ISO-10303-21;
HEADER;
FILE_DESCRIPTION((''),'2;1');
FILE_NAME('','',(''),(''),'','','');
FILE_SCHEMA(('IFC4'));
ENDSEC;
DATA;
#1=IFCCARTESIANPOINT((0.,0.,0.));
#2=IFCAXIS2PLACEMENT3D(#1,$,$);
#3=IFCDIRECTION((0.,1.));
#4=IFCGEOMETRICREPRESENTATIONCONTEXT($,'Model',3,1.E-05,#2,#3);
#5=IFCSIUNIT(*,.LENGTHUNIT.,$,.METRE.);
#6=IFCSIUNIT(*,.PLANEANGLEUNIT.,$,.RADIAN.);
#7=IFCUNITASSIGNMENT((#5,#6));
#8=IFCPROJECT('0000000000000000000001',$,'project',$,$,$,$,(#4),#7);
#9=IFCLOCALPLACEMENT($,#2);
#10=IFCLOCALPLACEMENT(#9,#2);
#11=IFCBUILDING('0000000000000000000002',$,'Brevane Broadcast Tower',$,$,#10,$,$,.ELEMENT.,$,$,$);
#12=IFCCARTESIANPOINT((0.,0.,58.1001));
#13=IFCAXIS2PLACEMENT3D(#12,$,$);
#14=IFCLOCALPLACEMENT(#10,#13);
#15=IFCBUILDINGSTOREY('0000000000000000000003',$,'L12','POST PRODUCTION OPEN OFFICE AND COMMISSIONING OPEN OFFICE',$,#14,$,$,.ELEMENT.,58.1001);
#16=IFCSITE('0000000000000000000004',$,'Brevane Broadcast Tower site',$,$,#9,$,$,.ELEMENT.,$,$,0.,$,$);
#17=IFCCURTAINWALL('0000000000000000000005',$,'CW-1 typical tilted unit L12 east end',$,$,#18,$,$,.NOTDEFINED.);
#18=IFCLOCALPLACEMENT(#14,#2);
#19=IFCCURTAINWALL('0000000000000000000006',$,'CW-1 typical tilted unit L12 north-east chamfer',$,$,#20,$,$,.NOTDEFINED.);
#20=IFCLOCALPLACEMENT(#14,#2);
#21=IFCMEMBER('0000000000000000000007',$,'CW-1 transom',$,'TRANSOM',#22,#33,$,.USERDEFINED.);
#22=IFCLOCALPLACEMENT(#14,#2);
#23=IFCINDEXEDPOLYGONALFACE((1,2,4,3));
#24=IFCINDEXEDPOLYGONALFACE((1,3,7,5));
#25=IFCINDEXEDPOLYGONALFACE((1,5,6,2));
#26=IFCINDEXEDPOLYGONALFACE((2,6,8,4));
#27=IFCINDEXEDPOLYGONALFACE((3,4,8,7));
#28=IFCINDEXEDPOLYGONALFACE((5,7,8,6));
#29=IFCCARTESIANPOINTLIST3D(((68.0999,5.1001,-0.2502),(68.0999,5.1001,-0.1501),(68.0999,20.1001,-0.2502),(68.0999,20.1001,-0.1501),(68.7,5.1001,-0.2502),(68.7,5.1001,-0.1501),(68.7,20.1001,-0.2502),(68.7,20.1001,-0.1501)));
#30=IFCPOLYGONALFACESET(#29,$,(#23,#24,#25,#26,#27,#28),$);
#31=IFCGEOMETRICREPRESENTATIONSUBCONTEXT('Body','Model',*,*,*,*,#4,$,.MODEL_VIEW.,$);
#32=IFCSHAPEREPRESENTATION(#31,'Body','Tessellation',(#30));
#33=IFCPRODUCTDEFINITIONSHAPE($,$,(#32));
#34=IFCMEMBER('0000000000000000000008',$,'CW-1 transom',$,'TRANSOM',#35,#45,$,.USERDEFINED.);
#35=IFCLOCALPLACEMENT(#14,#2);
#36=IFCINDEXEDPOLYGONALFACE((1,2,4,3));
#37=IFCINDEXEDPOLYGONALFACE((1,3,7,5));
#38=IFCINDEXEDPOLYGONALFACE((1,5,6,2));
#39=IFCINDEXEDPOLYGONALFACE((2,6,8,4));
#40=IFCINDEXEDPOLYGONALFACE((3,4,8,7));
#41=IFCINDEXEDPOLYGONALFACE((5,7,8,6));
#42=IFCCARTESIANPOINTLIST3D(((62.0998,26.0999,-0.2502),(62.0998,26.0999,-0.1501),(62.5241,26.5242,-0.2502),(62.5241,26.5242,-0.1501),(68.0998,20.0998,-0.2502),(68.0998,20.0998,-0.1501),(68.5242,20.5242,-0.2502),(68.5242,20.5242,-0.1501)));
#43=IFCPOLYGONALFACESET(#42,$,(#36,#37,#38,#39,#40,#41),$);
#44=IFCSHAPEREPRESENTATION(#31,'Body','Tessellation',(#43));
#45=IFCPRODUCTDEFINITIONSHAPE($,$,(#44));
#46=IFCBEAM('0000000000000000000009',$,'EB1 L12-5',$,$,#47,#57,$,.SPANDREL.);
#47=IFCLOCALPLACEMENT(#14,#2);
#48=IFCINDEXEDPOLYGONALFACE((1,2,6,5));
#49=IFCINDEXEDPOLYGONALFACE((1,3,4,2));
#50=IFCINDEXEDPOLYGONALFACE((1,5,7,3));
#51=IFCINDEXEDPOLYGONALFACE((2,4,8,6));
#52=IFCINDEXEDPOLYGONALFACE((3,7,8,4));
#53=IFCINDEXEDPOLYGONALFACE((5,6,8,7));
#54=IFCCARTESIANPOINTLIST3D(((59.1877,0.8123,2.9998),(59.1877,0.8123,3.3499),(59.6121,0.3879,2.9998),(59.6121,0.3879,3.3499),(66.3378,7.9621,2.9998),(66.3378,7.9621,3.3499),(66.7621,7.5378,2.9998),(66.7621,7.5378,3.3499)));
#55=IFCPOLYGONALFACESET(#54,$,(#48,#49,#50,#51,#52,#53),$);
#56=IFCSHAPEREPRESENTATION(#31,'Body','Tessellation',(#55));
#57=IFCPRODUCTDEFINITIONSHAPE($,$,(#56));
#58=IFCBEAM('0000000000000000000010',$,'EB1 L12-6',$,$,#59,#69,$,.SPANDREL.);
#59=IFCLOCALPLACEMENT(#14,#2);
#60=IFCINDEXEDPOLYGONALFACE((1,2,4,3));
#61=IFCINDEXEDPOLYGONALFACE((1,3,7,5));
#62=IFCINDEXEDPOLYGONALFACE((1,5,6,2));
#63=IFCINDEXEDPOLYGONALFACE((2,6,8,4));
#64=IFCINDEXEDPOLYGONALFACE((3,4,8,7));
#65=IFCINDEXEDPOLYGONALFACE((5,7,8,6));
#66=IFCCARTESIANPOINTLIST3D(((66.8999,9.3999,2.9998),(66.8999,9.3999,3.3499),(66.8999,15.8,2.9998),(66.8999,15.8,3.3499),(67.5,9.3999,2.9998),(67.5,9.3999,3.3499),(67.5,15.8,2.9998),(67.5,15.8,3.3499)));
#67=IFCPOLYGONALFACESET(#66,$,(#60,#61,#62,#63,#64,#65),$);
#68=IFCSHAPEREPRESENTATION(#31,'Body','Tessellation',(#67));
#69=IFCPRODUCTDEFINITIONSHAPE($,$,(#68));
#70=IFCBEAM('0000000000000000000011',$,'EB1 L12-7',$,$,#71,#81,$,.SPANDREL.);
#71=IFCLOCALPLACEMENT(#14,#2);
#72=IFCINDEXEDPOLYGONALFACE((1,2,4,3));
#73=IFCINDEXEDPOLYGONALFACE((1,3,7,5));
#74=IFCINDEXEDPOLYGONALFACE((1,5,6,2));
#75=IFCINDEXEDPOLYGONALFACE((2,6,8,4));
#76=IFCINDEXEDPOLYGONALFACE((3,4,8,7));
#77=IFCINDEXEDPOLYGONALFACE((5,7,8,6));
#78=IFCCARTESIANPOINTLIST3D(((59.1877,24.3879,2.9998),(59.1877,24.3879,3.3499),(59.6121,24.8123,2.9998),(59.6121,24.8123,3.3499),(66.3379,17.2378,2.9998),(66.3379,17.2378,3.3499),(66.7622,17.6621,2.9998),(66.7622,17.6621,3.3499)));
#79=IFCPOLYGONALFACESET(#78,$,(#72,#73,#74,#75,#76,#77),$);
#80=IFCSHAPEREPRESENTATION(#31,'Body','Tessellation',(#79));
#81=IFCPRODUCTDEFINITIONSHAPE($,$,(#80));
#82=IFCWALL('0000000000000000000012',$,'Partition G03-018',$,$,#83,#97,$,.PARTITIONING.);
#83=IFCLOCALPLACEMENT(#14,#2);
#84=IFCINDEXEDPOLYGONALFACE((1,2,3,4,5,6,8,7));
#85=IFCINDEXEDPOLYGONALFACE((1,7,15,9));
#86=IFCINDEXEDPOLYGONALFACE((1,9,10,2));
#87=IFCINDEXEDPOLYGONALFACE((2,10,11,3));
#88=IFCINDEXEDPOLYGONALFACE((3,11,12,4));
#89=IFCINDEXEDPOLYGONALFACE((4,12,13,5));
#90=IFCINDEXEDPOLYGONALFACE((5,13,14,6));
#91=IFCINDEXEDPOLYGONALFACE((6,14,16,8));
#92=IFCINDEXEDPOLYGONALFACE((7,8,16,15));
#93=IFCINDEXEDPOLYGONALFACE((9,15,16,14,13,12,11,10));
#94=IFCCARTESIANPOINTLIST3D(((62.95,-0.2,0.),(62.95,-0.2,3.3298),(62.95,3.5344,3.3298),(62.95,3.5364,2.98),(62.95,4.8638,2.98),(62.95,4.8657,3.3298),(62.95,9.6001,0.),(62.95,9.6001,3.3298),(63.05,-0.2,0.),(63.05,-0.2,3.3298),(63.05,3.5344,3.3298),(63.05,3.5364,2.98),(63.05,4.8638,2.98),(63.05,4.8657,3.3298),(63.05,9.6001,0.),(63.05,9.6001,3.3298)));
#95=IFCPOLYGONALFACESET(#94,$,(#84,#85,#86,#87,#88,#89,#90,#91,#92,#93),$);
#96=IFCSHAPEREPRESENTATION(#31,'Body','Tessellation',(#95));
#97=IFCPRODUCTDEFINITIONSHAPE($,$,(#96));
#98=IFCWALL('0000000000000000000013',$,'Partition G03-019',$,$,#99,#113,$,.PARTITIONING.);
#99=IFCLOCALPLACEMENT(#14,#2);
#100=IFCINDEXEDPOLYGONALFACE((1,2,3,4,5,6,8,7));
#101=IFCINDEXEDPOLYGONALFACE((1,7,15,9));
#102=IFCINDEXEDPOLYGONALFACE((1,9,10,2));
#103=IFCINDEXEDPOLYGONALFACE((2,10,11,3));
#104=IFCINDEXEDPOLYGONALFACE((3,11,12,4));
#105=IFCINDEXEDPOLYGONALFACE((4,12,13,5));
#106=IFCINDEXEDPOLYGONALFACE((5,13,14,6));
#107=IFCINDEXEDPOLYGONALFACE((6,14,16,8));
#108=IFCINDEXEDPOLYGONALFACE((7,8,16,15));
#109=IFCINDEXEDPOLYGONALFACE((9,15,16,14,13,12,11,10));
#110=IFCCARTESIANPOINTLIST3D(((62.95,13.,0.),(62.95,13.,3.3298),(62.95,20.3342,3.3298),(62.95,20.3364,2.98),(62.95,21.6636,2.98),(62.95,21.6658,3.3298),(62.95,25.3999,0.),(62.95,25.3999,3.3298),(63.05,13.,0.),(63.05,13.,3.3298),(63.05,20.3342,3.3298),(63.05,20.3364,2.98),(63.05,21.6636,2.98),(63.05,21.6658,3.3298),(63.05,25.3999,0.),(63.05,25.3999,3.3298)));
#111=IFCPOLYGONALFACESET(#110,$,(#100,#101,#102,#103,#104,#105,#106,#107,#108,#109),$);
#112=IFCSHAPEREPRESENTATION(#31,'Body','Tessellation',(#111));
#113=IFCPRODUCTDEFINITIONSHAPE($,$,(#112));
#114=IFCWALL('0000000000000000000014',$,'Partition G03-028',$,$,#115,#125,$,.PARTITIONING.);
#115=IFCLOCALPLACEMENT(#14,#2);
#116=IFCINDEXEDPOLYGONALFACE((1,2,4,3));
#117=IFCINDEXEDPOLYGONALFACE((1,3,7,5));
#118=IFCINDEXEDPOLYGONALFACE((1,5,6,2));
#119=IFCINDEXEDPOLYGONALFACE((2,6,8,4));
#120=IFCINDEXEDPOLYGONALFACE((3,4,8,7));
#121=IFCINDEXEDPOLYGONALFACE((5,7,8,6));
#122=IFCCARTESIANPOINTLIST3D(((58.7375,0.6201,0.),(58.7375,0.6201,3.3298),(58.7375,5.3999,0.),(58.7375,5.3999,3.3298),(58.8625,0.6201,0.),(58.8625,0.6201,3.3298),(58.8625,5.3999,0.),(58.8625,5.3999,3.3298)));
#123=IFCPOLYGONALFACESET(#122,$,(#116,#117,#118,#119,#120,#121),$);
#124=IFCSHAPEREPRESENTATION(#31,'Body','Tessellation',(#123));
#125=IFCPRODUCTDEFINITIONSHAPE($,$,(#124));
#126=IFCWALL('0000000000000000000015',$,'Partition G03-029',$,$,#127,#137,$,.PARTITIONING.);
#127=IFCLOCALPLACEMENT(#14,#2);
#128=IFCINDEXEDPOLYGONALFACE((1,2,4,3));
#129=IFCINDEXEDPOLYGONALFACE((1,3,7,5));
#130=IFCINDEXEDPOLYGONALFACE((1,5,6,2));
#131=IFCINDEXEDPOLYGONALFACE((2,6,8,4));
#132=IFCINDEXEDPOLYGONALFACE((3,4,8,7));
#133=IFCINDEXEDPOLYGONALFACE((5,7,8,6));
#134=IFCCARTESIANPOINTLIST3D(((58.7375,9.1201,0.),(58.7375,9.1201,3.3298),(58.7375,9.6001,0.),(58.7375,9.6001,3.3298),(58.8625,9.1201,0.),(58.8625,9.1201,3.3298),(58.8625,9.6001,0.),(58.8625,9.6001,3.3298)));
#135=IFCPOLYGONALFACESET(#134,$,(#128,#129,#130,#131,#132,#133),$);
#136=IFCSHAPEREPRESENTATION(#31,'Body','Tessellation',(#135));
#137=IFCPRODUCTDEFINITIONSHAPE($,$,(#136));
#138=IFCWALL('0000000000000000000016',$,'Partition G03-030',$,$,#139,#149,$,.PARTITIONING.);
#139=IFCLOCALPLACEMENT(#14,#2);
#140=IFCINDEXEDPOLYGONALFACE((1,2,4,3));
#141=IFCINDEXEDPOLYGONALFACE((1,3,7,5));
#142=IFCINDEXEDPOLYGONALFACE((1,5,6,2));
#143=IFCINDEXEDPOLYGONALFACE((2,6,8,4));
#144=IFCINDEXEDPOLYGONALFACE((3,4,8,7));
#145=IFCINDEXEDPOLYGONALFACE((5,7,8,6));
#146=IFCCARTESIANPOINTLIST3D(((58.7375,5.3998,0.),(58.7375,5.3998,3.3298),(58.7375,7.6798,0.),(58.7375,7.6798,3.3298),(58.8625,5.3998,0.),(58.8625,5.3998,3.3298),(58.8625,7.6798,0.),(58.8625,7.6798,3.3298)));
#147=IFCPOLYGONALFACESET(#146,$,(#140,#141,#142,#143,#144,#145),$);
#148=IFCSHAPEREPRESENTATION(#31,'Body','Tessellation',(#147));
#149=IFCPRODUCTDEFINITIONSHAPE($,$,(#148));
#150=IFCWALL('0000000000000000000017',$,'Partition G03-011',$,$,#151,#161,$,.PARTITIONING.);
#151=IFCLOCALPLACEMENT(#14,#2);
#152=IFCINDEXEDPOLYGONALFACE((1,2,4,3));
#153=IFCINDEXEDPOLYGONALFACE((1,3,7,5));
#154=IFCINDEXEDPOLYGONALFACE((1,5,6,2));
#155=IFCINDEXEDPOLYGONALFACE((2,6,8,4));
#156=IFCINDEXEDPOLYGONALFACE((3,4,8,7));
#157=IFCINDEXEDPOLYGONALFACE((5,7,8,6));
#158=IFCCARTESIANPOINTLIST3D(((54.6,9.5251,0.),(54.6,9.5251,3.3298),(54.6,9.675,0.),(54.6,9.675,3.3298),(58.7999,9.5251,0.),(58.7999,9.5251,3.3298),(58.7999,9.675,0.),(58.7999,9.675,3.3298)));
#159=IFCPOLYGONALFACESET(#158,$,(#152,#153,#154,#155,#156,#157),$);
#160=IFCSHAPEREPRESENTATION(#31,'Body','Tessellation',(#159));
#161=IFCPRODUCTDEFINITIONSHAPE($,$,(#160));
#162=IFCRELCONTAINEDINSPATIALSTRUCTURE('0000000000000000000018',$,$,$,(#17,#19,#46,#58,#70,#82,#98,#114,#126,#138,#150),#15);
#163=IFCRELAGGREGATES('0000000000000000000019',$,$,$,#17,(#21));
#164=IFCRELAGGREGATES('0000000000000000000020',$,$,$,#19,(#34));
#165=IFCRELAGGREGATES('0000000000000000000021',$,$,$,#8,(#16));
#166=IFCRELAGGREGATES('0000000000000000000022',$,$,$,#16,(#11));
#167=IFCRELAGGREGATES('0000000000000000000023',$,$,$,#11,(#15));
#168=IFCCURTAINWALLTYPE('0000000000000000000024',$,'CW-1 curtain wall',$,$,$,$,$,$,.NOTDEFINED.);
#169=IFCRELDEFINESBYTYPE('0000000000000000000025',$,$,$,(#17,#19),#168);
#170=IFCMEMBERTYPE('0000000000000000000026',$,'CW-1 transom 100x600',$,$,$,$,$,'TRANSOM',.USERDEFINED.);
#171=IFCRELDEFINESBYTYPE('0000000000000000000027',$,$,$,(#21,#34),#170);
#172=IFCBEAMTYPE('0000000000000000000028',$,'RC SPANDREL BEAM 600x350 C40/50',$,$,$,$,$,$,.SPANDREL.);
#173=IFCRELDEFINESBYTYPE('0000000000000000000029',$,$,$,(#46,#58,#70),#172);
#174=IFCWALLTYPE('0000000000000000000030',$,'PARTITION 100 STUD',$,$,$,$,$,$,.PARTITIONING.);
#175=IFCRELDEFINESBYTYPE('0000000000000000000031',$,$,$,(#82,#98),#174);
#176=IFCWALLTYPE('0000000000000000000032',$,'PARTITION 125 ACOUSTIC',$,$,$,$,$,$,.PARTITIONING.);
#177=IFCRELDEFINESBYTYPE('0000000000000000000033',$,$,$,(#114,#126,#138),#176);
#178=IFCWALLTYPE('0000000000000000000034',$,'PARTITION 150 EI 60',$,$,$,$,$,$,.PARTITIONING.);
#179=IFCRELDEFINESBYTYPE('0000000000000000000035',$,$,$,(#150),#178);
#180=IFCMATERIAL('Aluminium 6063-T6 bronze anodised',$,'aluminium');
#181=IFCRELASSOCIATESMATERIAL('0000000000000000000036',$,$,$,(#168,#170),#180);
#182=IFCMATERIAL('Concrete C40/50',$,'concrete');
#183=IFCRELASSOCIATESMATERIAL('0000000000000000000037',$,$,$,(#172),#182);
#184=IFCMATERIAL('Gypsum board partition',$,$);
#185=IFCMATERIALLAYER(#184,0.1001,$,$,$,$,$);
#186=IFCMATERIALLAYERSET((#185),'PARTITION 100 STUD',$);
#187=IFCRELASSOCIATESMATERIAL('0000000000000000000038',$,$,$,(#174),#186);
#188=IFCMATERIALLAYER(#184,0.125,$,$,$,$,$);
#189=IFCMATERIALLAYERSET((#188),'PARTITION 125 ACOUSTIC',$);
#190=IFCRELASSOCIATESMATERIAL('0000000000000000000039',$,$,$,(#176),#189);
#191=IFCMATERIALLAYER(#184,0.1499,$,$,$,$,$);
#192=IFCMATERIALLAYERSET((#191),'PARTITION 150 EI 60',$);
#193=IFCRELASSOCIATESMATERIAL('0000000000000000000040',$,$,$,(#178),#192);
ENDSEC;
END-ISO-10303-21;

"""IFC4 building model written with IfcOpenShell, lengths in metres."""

from ifc_helpers import new_model, si_unit, direction, frame, frame_2d, origin, origin_2d, place, context, subcontext, project, spatial, polyline, rectangle, outline, extrude, material, layer, layer_set, material_profile, profile_set, type_object, element, aggregate, save


model = new_model("IFC4")

# Units and contexts
model_context = context("Model", 3, precision=1e-05, world=origin(), true_north=direction((0.0, 1.0)))
body_context = subcontext(model_context, "Body", "Model", "MODEL_VIEW")
ifc_project = project(units=[si_unit("LENGTHUNIT", "METRE"), si_unit("PLANEANGLEUNIT", "RADIAN")], contexts=[model_context])

# Site, building, storey
site_placement = place(None, origin())
site = spatial("IfcSite", under=ifc_project, at=site_placement, Name="Brevane Broadcast Tower site", CompositionType="ELEMENT", RefElevation=0.0)
building_placement = place(site_placement, origin())
building = spatial("IfcBuilding", under=site, at=building_placement, Name="Brevane Broadcast Tower", CompositionType="ELEMENT")
storey_placement = place(building_placement, frame((0.0, 0.0, 58.1001)))
storey = spatial("IfcBuildingStorey", under=building, at=storey_placement, Name="L12", Description="POST PRODUCTION OPEN OFFICE AND COMMISSIONING OPEN OFFICE", CompositionType="ELEMENT", Elevation=58.1001)

# Shared definitions
ifc_material_1 = material(Name="Aluminium 6063-T6 bronze anodised", Category="aluminium")
curtain_wall_type = type_object("IfcCurtainWallType", Name="CW-1 curtain wall", PredefinedType="NOTDEFINED", material=ifc_material_1)

# Curtain wall
curtain_wall_1_placement = place(storey_placement, origin())
curtain_wall_1 = element("IfcCurtainWall", 1, at=curtain_wall_1_placement, inside=storey, type_object=curtain_wall_type, Name="CW-1 typical tilted unit L12 east end", PredefinedType="NOTDEFINED")

# Curtain wall
curtain_wall_2_placement = place(storey_placement, origin())
curtain_wall_2 = element("IfcCurtainWall", 2, at=curtain_wall_2_placement, inside=storey, type_object=curtain_wall_type, Name="CW-1 typical tilted unit L12 north-east chamfer", PredefinedType="NOTDEFINED")

# Members
ifc_material_profile_1 = material_profile(ifc_material_1, rectangle(XDim=0.6001, YDim=0.1001, at=origin_2d()), Name="RECT 100x600")
ifc_profile_set_1 = profile_set([ifc_material_profile_1], Name="Aluminium 6063-T6 bronze anodised")
member_type_1 = type_object("IfcMemberType", Name="CW-1 transom 100x600", ElementType="TRANSOM", PredefinedType="USERDEFINED", material=ifc_profile_set_1)
member_1_placement = place(storey_placement, frame((68.3999, 5.1001, -0.2002), z_axis=(0.0, 1.0, 0.0), x_axis=(-1.0, 0.0, 0.0)))
member_1 = element("IfcMember", 3, at=member_1_placement, type_object=member_type_1, Name="CW-1 transom", ObjectType="TRANSOM", PredefinedType="USERDEFINED", context=body_context, shape_type="SweptSolid", body=[
    extrude(rectangle(XDim=0.6001, YDim=0.1001, at=origin_2d()), origin(), (0.0, 0.0, 1.0), 15.0),
])
aggregate(curtain_wall_1, [member_1])
member_2_placement = place(storey_placement, frame((68.312, 20.312, -0.2002), z_axis=(-0.707107, 0.707107, 0.0), x_axis=(-0.707107, -0.707107, 0.0)))
member_2 = element("IfcMember", 4, at=member_2_placement, type_object=member_type_1, Name="CW-1 transom", ObjectType="TRANSOM", PredefinedType="USERDEFINED", context=body_context, shape_type="SweptSolid", body=[
    extrude(rectangle(XDim=0.6001, YDim=0.1001, at=origin_2d()), origin(), (0.0, 0.0, 1.0), 8.4854),
])
aggregate(curtain_wall_2, [member_2])

# Beams
ifc_material_2 = material(Name="Concrete C40/50", Category="concrete")
ifc_material_profile_2 = material_profile(ifc_material_2, rectangle(XDim=0.6001, YDim=0.3501, at=origin_2d()), Name="RC 600x350")
ifc_profile_set_2 = profile_set([ifc_material_profile_2], Name="Concrete C40/50")
beam_type = type_object("IfcBeamType", Name="RC SPANDREL BEAM 600x350 C40/50", PredefinedType="SPANDREL", material=ifc_profile_set_2)
beam_1_placement = place(storey_placement, frame((59.3999, 0.6001, 3.1748), z_axis=(0.707119, 0.707095, 0.0), x_axis=(-0.707095, 0.707119, 0.0)))
element("IfcBeam", 5, at=beam_1_placement, inside=storey, type_object=beam_type, Name="EB1 L12-5", PredefinedType="SPANDREL", context=body_context, shape_type="SweptSolid", body=[
    extrude(rectangle(XDim=0.6001, YDim=0.3501, at=origin_2d()), origin(), (0.0, 0.0, 1.0), 10.1116),
])
beam_2_placement = place(storey_placement, frame((67.2, 9.3999, 3.1748), z_axis=(0.0, 1.0, 0.0), x_axis=(-1.0, 0.0, 0.0)))
element("IfcBeam", 6, at=beam_2_placement, inside=storey, type_object=beam_type, Name="EB1 L12-6", PredefinedType="SPANDREL", context=body_context, shape_type="SweptSolid", body=[
    extrude(rectangle(XDim=0.6001, YDim=0.3501, at=origin_2d()), origin(), (0.0, 0.0, 1.0), 6.4001),
])
beam_3_placement = place(storey_placement, frame((66.55, 17.45, 3.1748), z_axis=(-0.707107, 0.707107, 0.0), x_axis=(-0.707107, -0.707107, 0.0)))
element("IfcBeam", 7, at=beam_3_placement, inside=storey, type_object=beam_type, Name="EB1 L12-7", PredefinedType="SPANDREL", context=body_context, shape_type="SweptSolid", body=[
    extrude(rectangle(XDim=0.6001, YDim=0.3501, at=origin_2d()), origin(), (0.0, 0.0, 1.0), 10.1118),
])

# Walls
ifc_material_3 = material(Name="Gypsum board partition")
ifc_layer_1 = layer(ifc_material_3, 0.1001)
ifc_layer_set_1 = layer_set([ifc_layer_1], Name="PARTITION 100 STUD")
wall_type_1 = type_object("IfcWallType", Name="PARTITION 100 STUD", PredefinedType="PARTITIONING", material=ifc_layer_set_1)
wall_1_placement = place(storey_placement, frame((63.0, -0.2, 0.0), z_axis=(0.0, 0.0, 1.0), x_axis=(0.0, 1.0, 0.0)))
element("IfcWall", 8, at=wall_1_placement, inside=storey, type_object=wall_type_1, Name="Partition G03-018", PredefinedType="PARTITIONING", context=body_context, shape_type="SweptSolid", body=[
    extrude(outline(polyline([(0.0, 0.0), (9.8, 0.0), (9.8, 3.3298), (5.0657, 3.3298), (5.0637, 2.98), (3.7363, 2.98), (3.7344, 3.3298), (0.0, 3.3298), (0.0, 0.0)])), frame((0.0, 0.05, 0.0), z_axis=(0.0, -1.0, 0.0), x_axis=(1.0, 0.0, 0.0)), (0.0, 0.0, 1.0), 0.1001),
])
wall_2_placement = place(storey_placement, frame((63.0, 13.0, 0.0), z_axis=(0.0, 0.0, 1.0), x_axis=(0.0, 1.0, 0.0)))
element("IfcWall", 9, at=wall_2_placement, inside=storey, type_object=wall_type_1, Name="Partition G03-019", PredefinedType="PARTITIONING", context=body_context, shape_type="SweptSolid", body=[
    extrude(outline(polyline([(0.0, 0.0), (12.3999, 0.0), (12.3999, 3.3298), (8.6658, 3.3298), (8.6636, 2.98), (7.3364, 2.98), (7.3342, 3.3298), (0.0, 3.3298), (0.0, 0.0)])), frame((0.0, 0.05, 0.0), z_axis=(0.0, -1.0, 0.0), x_axis=(1.0, 0.0, 0.0)), (0.0, 0.0, 1.0), 0.1001),
])
ifc_layer_2 = layer(ifc_material_3, 0.125)
ifc_layer_set_2 = layer_set([ifc_layer_2], Name="PARTITION 125 ACOUSTIC")
wall_type_2 = type_object("IfcWallType", Name="PARTITION 125 ACOUSTIC", PredefinedType="PARTITIONING", material=ifc_layer_set_2)
wall_3_placement = place(storey_placement, frame((58.8, 5.3999, 0.0), z_axis=(0.0, 0.0, 1.0), x_axis=(0.0, -1.0, 0.0)))
element("IfcWall", 10, at=wall_3_placement, inside=storey, type_object=wall_type_2, Name="Partition G03-028", PredefinedType="PARTITIONING", context=body_context, shape_type="SweptSolid", body=[
    extrude(rectangle(XDim=4.7798, YDim=0.125, at=frame_2d((2.3899, 0.0))), origin(), (0.0, 0.0, 1.0), 3.3298),
])
wall_4_placement = place(storey_placement, frame((58.8, 9.6001, 0.0), z_axis=(0.0, 0.0, 1.0), x_axis=(0.0, -1.0, 0.0)))
element("IfcWall", 11, at=wall_4_placement, inside=storey, type_object=wall_type_2, Name="Partition G03-029", PredefinedType="PARTITIONING", context=body_context, shape_type="SweptSolid", body=[
    extrude(rectangle(XDim=0.48, YDim=0.125, at=frame_2d((0.24, 0.0))), origin(), (0.0, 0.0, 1.0), 3.3298),
])
wall_5_placement = place(storey_placement, frame((58.8, 7.6799, 0.0), z_axis=(0.0, 0.0, 1.0), x_axis=(0.0, -1.0, 0.0)))
element("IfcWall", 12, at=wall_5_placement, inside=storey, type_object=wall_type_2, Name="Partition G03-030", PredefinedType="PARTITIONING", context=body_context, shape_type="SweptSolid", body=[
    extrude(rectangle(XDim=2.28, YDim=0.125, at=frame_2d((1.1401, 0.0))), origin(), (0.0, 0.0, 1.0), 3.3298),
])

# Shared definitions
ifc_layer_3 = layer(ifc_material_3, 0.1499)
ifc_layer_set_3 = layer_set([ifc_layer_3], Name="PARTITION 150 EI 60")
wall_type_3 = type_object("IfcWallType", Name="PARTITION 150 EI 60", PredefinedType="PARTITIONING", material=ifc_layer_set_3)

# Wall
wall_6_placement = place(storey_placement, frame((58.8, 9.6001, 0.0), z_axis=(0.0, 0.0, 1.0), x_axis=(-1.0, 0.0, 0.0)))
element("IfcWall", 13, at=wall_6_placement, inside=storey, type_object=wall_type_3, Name="Partition G03-011", PredefinedType="PARTITIONING", context=body_context, shape_type="SweptSolid", body=[
    extrude(rectangle(XDim=4.2, YDim=0.1499, at=frame_2d((2.1001, 0.0))), origin(), (0.0, 0.0, 1.0), 3.3298),
])

save(model, "model.ifc")
